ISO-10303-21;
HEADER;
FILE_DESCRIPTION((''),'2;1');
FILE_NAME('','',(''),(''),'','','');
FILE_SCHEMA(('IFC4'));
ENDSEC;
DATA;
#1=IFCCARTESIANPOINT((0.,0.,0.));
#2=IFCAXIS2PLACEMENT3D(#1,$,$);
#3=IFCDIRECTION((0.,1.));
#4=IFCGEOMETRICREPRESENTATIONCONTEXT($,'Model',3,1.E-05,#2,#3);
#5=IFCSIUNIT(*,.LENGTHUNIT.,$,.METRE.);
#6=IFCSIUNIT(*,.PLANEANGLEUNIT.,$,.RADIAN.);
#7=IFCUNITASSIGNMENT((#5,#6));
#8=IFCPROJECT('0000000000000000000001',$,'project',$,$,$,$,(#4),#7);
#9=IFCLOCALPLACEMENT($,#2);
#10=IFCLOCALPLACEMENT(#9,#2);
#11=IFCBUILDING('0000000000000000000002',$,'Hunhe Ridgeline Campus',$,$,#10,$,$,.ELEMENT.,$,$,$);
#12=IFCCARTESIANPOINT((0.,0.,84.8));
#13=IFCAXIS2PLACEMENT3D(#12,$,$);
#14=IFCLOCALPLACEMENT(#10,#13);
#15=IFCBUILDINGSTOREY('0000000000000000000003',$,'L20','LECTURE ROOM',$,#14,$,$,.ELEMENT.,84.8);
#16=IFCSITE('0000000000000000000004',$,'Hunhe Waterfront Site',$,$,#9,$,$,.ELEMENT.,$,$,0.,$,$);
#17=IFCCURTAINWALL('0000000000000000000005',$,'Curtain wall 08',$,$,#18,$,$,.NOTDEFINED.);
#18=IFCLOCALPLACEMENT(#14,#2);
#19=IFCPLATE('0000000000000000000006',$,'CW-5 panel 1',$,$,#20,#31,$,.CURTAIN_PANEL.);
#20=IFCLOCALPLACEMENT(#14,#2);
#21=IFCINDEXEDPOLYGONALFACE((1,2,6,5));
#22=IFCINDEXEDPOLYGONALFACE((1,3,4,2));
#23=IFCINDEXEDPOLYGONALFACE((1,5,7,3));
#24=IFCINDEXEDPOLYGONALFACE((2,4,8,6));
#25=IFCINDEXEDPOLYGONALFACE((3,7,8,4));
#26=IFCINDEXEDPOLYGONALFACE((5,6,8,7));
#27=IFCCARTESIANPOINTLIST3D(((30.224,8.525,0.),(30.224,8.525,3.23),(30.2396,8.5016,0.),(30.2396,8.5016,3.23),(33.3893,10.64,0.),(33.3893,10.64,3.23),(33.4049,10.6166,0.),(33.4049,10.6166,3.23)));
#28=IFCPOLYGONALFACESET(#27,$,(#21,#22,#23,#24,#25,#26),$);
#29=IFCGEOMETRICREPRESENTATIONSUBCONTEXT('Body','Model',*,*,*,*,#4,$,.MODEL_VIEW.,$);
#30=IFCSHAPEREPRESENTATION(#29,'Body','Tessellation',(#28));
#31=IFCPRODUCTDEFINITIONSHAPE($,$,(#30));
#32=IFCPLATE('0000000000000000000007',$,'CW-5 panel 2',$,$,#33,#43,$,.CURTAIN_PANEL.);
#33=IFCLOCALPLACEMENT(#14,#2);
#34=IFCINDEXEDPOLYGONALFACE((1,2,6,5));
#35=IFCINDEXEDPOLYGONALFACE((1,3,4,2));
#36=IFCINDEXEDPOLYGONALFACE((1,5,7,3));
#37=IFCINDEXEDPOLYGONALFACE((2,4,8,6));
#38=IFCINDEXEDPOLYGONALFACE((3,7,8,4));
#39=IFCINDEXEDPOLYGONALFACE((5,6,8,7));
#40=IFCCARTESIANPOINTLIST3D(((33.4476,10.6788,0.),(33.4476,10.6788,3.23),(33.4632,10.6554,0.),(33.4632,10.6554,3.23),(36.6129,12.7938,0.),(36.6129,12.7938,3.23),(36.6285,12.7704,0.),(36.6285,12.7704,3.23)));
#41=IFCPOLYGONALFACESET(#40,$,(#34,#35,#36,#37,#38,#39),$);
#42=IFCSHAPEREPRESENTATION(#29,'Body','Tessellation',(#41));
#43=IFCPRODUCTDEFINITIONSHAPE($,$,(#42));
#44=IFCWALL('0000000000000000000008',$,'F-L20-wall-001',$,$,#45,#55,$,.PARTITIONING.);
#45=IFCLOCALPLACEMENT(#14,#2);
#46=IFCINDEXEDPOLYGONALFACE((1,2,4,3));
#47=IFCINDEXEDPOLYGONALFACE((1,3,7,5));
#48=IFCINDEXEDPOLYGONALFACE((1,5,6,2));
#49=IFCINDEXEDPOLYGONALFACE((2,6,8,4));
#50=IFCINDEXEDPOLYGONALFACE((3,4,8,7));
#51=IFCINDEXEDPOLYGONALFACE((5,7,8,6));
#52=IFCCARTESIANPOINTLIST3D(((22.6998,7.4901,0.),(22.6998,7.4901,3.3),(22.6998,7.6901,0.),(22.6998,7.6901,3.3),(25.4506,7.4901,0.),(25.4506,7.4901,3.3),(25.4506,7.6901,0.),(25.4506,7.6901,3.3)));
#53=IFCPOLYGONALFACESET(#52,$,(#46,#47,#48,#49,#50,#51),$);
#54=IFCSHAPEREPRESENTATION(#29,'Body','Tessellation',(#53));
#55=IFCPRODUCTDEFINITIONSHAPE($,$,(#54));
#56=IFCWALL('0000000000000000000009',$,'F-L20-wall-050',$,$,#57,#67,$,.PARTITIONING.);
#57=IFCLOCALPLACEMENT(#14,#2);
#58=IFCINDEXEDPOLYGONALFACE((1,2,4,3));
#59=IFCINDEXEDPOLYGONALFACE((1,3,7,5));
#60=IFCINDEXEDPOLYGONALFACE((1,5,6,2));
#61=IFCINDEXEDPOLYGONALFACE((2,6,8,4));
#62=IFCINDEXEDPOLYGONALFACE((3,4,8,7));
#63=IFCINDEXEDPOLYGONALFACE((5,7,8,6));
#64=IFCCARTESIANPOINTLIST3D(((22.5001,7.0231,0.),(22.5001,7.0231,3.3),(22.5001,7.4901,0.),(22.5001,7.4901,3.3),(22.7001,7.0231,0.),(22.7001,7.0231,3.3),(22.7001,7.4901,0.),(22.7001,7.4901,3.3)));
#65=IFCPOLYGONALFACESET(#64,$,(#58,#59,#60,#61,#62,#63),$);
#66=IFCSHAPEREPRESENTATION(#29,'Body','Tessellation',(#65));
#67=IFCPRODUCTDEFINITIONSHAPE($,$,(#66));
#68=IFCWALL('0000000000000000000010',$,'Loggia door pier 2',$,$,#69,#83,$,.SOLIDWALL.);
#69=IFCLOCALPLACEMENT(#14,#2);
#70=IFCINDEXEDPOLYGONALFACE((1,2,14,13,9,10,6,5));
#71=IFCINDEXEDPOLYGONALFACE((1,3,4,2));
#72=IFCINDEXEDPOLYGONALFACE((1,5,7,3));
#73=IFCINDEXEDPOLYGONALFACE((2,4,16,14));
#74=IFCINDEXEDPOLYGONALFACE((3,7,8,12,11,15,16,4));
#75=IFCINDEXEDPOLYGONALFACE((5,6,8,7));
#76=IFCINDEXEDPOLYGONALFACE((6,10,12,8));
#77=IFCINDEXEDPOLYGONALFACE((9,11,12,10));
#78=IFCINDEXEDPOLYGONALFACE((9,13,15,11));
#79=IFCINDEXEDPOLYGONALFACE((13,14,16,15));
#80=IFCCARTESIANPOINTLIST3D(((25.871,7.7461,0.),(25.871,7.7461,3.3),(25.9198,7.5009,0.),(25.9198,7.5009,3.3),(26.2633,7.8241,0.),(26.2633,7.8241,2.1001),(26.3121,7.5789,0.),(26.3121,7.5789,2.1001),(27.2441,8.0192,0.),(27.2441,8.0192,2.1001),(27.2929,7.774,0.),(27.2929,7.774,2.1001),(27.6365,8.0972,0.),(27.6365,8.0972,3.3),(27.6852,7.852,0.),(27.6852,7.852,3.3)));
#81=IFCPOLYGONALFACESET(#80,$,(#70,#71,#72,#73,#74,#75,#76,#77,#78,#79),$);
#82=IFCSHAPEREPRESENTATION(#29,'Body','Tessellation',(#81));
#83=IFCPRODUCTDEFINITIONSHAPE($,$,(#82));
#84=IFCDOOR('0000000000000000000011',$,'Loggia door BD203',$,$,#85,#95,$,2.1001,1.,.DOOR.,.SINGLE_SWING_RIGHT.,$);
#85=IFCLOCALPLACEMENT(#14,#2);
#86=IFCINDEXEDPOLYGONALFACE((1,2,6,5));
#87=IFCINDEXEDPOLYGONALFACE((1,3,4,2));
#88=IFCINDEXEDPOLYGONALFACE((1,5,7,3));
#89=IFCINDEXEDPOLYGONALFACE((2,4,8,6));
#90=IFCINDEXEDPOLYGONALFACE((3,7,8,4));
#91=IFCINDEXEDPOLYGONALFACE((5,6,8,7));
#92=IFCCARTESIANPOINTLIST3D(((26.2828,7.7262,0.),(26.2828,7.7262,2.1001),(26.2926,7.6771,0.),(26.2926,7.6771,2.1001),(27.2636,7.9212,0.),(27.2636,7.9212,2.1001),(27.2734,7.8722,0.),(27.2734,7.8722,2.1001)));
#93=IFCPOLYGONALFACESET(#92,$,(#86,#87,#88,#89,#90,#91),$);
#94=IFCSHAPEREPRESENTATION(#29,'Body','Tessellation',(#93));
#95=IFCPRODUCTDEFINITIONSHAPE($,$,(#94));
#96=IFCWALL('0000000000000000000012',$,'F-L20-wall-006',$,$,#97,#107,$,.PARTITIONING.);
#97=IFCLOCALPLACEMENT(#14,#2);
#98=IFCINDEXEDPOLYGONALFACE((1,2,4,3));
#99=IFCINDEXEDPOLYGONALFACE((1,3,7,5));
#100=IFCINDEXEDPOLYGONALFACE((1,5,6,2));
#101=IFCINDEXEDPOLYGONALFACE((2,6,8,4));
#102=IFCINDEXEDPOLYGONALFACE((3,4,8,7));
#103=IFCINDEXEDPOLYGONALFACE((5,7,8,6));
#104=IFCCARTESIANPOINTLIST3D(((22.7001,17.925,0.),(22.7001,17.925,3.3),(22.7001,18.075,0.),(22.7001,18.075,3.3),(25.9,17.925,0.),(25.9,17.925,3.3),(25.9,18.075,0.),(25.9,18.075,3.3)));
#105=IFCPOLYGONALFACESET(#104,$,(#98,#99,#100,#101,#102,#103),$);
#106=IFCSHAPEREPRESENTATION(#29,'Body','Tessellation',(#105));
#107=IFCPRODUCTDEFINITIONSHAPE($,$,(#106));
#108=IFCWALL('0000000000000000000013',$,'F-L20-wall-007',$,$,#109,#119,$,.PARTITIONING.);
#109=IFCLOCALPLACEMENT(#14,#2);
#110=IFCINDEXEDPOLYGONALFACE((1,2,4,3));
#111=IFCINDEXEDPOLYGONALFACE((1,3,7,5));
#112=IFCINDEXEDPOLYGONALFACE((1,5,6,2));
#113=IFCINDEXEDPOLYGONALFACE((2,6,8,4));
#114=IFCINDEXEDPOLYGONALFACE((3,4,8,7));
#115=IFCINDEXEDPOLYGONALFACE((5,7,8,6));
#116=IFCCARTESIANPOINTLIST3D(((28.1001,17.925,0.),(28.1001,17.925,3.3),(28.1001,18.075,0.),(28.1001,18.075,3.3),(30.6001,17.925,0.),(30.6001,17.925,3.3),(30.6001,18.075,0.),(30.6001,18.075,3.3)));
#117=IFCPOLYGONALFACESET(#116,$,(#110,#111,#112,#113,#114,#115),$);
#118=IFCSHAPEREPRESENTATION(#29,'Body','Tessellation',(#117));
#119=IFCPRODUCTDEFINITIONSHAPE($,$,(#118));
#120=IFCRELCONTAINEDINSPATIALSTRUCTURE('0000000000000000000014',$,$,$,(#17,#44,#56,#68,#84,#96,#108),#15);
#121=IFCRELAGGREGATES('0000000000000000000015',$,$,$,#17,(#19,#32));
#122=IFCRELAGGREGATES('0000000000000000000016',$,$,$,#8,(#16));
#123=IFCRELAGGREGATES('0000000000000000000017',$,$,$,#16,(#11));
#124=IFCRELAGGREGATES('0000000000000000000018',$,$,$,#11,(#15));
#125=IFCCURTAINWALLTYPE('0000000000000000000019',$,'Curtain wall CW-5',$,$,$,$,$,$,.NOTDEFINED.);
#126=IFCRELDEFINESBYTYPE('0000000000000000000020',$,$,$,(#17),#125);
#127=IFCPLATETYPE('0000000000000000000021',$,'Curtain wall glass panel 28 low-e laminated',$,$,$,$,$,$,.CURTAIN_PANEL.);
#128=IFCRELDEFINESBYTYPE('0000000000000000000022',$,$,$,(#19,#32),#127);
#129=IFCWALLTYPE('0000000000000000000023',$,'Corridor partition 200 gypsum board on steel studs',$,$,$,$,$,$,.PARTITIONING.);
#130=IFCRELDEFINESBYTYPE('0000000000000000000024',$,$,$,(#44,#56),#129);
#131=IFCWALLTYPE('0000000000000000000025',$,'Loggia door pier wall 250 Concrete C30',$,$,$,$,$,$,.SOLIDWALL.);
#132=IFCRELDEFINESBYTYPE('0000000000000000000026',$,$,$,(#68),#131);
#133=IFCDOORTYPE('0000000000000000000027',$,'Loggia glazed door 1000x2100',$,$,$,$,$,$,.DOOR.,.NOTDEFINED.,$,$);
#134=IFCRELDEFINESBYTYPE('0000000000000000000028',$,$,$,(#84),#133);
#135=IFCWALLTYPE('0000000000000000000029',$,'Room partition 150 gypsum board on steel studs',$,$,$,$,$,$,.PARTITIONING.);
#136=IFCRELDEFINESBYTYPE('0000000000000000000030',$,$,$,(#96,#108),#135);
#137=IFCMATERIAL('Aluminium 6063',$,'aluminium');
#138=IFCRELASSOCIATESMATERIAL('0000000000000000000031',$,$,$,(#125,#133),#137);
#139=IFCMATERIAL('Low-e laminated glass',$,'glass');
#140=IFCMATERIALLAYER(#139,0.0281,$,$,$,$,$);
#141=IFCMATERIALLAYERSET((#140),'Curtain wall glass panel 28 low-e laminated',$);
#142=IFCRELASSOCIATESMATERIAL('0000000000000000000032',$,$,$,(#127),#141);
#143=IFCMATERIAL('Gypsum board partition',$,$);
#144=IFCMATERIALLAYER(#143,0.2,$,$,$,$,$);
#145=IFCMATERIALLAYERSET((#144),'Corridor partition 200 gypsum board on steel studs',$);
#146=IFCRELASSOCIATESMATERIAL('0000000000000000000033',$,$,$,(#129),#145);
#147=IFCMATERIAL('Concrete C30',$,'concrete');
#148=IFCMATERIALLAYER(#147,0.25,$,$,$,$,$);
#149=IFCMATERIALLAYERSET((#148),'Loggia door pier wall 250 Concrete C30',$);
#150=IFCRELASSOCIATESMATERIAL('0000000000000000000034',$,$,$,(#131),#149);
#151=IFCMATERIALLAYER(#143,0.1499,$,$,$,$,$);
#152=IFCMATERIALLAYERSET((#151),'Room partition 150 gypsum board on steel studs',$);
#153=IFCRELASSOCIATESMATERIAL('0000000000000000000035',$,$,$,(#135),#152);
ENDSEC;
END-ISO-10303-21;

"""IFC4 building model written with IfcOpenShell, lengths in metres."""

from ifc_helpers import new_model, si_unit, direction, frame, frame_2d, origin, origin_2d, place, context, subcontext, project, spatial, rectangle, extrude, material, layer, layer_set, type_object, element, fill, aggregate, save


model = new_model("IFC4")

# Units and contexts
model_context = context("Model", 3, precision=1e-05, world=origin(), true_north=direction((0.0, 1.0)))
body_context = subcontext(model_context, "Body", "Model", "MODEL_VIEW")
ifc_project = project(units=[si_unit("LENGTHUNIT", "METRE"), si_unit("PLANEANGLEUNIT", "RADIAN")], contexts=[model_context])

# Site, building, storey
site_placement = place(None, origin())
site = spatial("IfcSite", under=ifc_project, at=site_placement, Name="Hunhe Waterfront Site", CompositionType="ELEMENT", RefElevation=0.0)
building_placement = place(site_placement, origin())
building = spatial("IfcBuilding", under=site, at=building_placement, Name="Hunhe Ridgeline Campus", CompositionType="ELEMENT")
storey_placement = place(building_placement, frame((0.0, 0.0, 84.8)))
storey = spatial("IfcBuildingStorey", under=building, at=storey_placement, Name="L20", Description="LECTURE ROOM", CompositionType="ELEMENT", Elevation=84.8)

# Shared definitions
ifc_material_1 = material(Name="Aluminium 6063", Category="aluminium")
curtain_wall_type = type_object("IfcCurtainWallType", Name="Curtain wall CW-5", PredefinedType="NOTDEFINED", material=ifc_material_1)

# Curtain wall
curtain_wall_1_placement = place(storey_placement, origin())
curtain_wall_1 = element("IfcCurtainWall", 1, at=curtain_wall_1_placement, inside=storey, type_object=curtain_wall_type, Name="Curtain wall 08", PredefinedType="NOTDEFINED")

# Plates
ifc_material_2 = material(Name="Low-e laminated glass", Category="glass")
ifc_layer_1 = layer(ifc_material_2, 0.0281)
ifc_layer_set_1 = layer_set([ifc_layer_1], Name="Curtain wall glass panel 28 low-e laminated")
plate_type = type_object("IfcPlateType", Name="Curtain wall glass panel 28 low-e laminated", PredefinedType="CURTAIN_PANEL", material=ifc_layer_set_1)
plate_1_placement = place(storey_placement, frame((31.8145, 9.5708, 0.0), z_axis=(0.0, 0.0, 1.0), x_axis=(0.83147, 0.55557, 0.0)))
plate_1 = element("IfcPlate", 2, at=plate_1_placement, type_object=plate_type, Name="CW-5 panel 1", PredefinedType="CURTAIN_PANEL", context=body_context, shape_type="SweptSolid", body=[
    extrude(rectangle(XDim=3.8069, YDim=0.0281, at=origin_2d()), origin(), (0.0, 0.0, 1.0), 3.23),
])
plate_2_placement = place(storey_placement, frame((35.0381, 11.7246, 0.0), z_axis=(0.0, 0.0, 1.0), x_axis=(0.83147, 0.55557, 0.0)))
plate_2 = element("IfcPlate", 3, at=plate_2_placement, type_object=plate_type, Name="CW-5 panel 2", PredefinedType="CURTAIN_PANEL", context=body_context, shape_type="SweptSolid", body=[
    extrude(rectangle(XDim=3.8069, YDim=0.0281, at=origin_2d()), origin(), (0.0, 0.0, 1.0), 3.23),
])
aggregate(curtain_wall_1, [plate_1, plate_2])

# Wall
ifc_material_3 = material(Name="Gypsum board partition")
ifc_layer_2 = layer(ifc_material_3, 0.2)
ifc_layer_set_2 = layer_set([ifc_layer_2], Name="Corridor partition 200 gypsum board on steel studs")
wall_type_1 = type_object("IfcWallType", Name="Corridor partition 200 gypsum board on steel studs", PredefinedType="PARTITIONING", material=ifc_layer_set_2)
wall_1_placement = place(storey_placement, frame((25.4507, 7.5901, 0.0), z_axis=(0.0, 0.0, 1.0), x_axis=(-1.0, 0.0, 0.0)))
element("IfcWall", 4, at=wall_1_placement, inside=storey, type_object=wall_type_1, Name="F-L20-wall-001", PredefinedType="PARTITIONING", context=body_context, shape_type="SweptSolid", body=[
    extrude(rectangle(XDim=2.7507, YDim=0.2, at=frame_2d((1.3755, 0.0))), origin(), (0.0, 0.0, 1.0), 3.3),
])

# Wall
wall_2_placement = place(storey_placement, frame((22.6001, 7.49, 0.0), z_axis=(0.0, 0.0, 1.0), x_axis=(0.0, -1.0, 0.0)))
element("IfcWall", 5, at=wall_2_placement, inside=storey, type_object=wall_type_1, Name="F-L20-wall-050", PredefinedType="PARTITIONING", context=body_context, shape_type="SweptSolid", body=[
    extrude(rectangle(XDim=0.467, YDim=0.2, at=frame_2d((0.2334, 0.0))), origin(), (0.0, 0.0, 1.0), 3.3),
])

# Wall, opening, door
ifc_material_4 = material(Name="Concrete C30", Category="concrete")
ifc_layer_3 = layer(ifc_material_4, 0.25)
ifc_layer_set_3 = layer_set([ifc_layer_3], Name="Loggia door pier wall 250 Concrete C30")
wall_type_2 = type_object("IfcWallType", Name="Loggia door pier wall 250 Concrete C30", PredefinedType="SOLIDWALL", material=ifc_layer_set_3)
wall_3_placement = place(storey_placement, frame((25.8955, 7.6235, 0.0), z_axis=(0.0, 0.0, 1.0), x_axis=(0.980794, 0.195047, 0.0)))
wall_3 = element("IfcWall", 6, at=wall_3_placement, inside=storey, type_object=wall_type_2, Name="Loggia door pier 2", PredefinedType="SOLIDWALL", context=body_context, shape_type="SweptSolid", body=[
    extrude(rectangle(XDim=1.8, YDim=0.25, at=frame_2d((0.8999, 0.0))), origin(), (0.0, 0.0, 1.0), 3.3),
])
opening_1_placement = place(wall_3_placement, frame((0.3999, 0.0, 0.0)))
opening_1 = element("IfcOpeningElement", 7, at=opening_1_placement, cuts=wall_3, PredefinedType="OPENING", context=body_context, shape_type="SweptSolid", body=[
    extrude(rectangle(XDim=1.0, YDim=2.1001, at=frame_2d((0.5, 1.05))), frame((0.0, 0.125, 0.0), z_axis=(0.0, -1.0, 0.0), x_axis=(1.0, 0.0, 0.0)), (0.0, 0.0, 1.0), 0.25),
])
door_type_1 = type_object("IfcDoorType", Name="Loggia glazed door 1000x2100", OperationType="NOTDEFINED", PredefinedType="DOOR", material=ifc_material_1)
door_1_placement = place(opening_1_placement, frame((1.0, 0.0, 0.0), z_axis=(0.0, 0.0, 1.0), x_axis=(-1.0, 0.0, 0.0)))
door_1 = element("IfcDoor", 8, at=door_1_placement, inside=storey, type_object=door_type_1, Name="Loggia door BD203", OperationType="SINGLE_SWING_RIGHT", OverallHeight=2.1001, OverallWidth=1.0, PredefinedType="DOOR", context=body_context, shape_type="SweptSolid", body=[
    extrude(rectangle(XDim=1.0, YDim=2.1001, at=frame_2d((0.5, 1.05))), frame((0.0, 0.0249, 0.0), z_axis=(0.0, -1.0, 0.0), x_axis=(1.0, 0.0, 0.0)), (0.0, 0.0, 1.0), 0.05),
])
fill(opening_1, door_1)

# Walls
ifc_layer_4 = layer(ifc_material_3, 0.1499)
ifc_layer_set_4 = layer_set([ifc_layer_4], Name="Room partition 150 gypsum board on steel studs")
wall_type_3 = type_object("IfcWallType", Name="Room partition 150 gypsum board on steel studs", PredefinedType="PARTITIONING", material=ifc_layer_set_4)
wall_4_placement = place(storey_placement, frame((22.7, 18.0, 0.0), z_axis=(0.0, 0.0, 1.0), x_axis=(1.0, 0.0, 0.0)))
element("IfcWall", 9, at=wall_4_placement, inside=storey, type_object=wall_type_3, Name="F-L20-wall-006", PredefinedType="PARTITIONING", context=body_context, shape_type="SweptSolid", body=[
    extrude(rectangle(XDim=3.2, YDim=0.1499, at=frame_2d((1.6001, 0.0))), origin(), (0.0, 0.0, 1.0), 3.3),
])
wall_5_placement = place(storey_placement, frame((28.1001, 18.0, 0.0), z_axis=(0.0, 0.0, 1.0), x_axis=(1.0, 0.0, 0.0)))
element("IfcWall", 10, at=wall_5_placement, inside=storey, type_object=wall_type_3, Name="F-L20-wall-007", PredefinedType="PARTITIONING", context=body_context, shape_type="SweptSolid", body=[
    extrude(rectangle(XDim=2.5, YDim=0.1499, at=frame_2d((1.25, 0.0))), origin(), (0.0, 0.0, 1.0), 3.3),
])

save(model, "model.ifc")
